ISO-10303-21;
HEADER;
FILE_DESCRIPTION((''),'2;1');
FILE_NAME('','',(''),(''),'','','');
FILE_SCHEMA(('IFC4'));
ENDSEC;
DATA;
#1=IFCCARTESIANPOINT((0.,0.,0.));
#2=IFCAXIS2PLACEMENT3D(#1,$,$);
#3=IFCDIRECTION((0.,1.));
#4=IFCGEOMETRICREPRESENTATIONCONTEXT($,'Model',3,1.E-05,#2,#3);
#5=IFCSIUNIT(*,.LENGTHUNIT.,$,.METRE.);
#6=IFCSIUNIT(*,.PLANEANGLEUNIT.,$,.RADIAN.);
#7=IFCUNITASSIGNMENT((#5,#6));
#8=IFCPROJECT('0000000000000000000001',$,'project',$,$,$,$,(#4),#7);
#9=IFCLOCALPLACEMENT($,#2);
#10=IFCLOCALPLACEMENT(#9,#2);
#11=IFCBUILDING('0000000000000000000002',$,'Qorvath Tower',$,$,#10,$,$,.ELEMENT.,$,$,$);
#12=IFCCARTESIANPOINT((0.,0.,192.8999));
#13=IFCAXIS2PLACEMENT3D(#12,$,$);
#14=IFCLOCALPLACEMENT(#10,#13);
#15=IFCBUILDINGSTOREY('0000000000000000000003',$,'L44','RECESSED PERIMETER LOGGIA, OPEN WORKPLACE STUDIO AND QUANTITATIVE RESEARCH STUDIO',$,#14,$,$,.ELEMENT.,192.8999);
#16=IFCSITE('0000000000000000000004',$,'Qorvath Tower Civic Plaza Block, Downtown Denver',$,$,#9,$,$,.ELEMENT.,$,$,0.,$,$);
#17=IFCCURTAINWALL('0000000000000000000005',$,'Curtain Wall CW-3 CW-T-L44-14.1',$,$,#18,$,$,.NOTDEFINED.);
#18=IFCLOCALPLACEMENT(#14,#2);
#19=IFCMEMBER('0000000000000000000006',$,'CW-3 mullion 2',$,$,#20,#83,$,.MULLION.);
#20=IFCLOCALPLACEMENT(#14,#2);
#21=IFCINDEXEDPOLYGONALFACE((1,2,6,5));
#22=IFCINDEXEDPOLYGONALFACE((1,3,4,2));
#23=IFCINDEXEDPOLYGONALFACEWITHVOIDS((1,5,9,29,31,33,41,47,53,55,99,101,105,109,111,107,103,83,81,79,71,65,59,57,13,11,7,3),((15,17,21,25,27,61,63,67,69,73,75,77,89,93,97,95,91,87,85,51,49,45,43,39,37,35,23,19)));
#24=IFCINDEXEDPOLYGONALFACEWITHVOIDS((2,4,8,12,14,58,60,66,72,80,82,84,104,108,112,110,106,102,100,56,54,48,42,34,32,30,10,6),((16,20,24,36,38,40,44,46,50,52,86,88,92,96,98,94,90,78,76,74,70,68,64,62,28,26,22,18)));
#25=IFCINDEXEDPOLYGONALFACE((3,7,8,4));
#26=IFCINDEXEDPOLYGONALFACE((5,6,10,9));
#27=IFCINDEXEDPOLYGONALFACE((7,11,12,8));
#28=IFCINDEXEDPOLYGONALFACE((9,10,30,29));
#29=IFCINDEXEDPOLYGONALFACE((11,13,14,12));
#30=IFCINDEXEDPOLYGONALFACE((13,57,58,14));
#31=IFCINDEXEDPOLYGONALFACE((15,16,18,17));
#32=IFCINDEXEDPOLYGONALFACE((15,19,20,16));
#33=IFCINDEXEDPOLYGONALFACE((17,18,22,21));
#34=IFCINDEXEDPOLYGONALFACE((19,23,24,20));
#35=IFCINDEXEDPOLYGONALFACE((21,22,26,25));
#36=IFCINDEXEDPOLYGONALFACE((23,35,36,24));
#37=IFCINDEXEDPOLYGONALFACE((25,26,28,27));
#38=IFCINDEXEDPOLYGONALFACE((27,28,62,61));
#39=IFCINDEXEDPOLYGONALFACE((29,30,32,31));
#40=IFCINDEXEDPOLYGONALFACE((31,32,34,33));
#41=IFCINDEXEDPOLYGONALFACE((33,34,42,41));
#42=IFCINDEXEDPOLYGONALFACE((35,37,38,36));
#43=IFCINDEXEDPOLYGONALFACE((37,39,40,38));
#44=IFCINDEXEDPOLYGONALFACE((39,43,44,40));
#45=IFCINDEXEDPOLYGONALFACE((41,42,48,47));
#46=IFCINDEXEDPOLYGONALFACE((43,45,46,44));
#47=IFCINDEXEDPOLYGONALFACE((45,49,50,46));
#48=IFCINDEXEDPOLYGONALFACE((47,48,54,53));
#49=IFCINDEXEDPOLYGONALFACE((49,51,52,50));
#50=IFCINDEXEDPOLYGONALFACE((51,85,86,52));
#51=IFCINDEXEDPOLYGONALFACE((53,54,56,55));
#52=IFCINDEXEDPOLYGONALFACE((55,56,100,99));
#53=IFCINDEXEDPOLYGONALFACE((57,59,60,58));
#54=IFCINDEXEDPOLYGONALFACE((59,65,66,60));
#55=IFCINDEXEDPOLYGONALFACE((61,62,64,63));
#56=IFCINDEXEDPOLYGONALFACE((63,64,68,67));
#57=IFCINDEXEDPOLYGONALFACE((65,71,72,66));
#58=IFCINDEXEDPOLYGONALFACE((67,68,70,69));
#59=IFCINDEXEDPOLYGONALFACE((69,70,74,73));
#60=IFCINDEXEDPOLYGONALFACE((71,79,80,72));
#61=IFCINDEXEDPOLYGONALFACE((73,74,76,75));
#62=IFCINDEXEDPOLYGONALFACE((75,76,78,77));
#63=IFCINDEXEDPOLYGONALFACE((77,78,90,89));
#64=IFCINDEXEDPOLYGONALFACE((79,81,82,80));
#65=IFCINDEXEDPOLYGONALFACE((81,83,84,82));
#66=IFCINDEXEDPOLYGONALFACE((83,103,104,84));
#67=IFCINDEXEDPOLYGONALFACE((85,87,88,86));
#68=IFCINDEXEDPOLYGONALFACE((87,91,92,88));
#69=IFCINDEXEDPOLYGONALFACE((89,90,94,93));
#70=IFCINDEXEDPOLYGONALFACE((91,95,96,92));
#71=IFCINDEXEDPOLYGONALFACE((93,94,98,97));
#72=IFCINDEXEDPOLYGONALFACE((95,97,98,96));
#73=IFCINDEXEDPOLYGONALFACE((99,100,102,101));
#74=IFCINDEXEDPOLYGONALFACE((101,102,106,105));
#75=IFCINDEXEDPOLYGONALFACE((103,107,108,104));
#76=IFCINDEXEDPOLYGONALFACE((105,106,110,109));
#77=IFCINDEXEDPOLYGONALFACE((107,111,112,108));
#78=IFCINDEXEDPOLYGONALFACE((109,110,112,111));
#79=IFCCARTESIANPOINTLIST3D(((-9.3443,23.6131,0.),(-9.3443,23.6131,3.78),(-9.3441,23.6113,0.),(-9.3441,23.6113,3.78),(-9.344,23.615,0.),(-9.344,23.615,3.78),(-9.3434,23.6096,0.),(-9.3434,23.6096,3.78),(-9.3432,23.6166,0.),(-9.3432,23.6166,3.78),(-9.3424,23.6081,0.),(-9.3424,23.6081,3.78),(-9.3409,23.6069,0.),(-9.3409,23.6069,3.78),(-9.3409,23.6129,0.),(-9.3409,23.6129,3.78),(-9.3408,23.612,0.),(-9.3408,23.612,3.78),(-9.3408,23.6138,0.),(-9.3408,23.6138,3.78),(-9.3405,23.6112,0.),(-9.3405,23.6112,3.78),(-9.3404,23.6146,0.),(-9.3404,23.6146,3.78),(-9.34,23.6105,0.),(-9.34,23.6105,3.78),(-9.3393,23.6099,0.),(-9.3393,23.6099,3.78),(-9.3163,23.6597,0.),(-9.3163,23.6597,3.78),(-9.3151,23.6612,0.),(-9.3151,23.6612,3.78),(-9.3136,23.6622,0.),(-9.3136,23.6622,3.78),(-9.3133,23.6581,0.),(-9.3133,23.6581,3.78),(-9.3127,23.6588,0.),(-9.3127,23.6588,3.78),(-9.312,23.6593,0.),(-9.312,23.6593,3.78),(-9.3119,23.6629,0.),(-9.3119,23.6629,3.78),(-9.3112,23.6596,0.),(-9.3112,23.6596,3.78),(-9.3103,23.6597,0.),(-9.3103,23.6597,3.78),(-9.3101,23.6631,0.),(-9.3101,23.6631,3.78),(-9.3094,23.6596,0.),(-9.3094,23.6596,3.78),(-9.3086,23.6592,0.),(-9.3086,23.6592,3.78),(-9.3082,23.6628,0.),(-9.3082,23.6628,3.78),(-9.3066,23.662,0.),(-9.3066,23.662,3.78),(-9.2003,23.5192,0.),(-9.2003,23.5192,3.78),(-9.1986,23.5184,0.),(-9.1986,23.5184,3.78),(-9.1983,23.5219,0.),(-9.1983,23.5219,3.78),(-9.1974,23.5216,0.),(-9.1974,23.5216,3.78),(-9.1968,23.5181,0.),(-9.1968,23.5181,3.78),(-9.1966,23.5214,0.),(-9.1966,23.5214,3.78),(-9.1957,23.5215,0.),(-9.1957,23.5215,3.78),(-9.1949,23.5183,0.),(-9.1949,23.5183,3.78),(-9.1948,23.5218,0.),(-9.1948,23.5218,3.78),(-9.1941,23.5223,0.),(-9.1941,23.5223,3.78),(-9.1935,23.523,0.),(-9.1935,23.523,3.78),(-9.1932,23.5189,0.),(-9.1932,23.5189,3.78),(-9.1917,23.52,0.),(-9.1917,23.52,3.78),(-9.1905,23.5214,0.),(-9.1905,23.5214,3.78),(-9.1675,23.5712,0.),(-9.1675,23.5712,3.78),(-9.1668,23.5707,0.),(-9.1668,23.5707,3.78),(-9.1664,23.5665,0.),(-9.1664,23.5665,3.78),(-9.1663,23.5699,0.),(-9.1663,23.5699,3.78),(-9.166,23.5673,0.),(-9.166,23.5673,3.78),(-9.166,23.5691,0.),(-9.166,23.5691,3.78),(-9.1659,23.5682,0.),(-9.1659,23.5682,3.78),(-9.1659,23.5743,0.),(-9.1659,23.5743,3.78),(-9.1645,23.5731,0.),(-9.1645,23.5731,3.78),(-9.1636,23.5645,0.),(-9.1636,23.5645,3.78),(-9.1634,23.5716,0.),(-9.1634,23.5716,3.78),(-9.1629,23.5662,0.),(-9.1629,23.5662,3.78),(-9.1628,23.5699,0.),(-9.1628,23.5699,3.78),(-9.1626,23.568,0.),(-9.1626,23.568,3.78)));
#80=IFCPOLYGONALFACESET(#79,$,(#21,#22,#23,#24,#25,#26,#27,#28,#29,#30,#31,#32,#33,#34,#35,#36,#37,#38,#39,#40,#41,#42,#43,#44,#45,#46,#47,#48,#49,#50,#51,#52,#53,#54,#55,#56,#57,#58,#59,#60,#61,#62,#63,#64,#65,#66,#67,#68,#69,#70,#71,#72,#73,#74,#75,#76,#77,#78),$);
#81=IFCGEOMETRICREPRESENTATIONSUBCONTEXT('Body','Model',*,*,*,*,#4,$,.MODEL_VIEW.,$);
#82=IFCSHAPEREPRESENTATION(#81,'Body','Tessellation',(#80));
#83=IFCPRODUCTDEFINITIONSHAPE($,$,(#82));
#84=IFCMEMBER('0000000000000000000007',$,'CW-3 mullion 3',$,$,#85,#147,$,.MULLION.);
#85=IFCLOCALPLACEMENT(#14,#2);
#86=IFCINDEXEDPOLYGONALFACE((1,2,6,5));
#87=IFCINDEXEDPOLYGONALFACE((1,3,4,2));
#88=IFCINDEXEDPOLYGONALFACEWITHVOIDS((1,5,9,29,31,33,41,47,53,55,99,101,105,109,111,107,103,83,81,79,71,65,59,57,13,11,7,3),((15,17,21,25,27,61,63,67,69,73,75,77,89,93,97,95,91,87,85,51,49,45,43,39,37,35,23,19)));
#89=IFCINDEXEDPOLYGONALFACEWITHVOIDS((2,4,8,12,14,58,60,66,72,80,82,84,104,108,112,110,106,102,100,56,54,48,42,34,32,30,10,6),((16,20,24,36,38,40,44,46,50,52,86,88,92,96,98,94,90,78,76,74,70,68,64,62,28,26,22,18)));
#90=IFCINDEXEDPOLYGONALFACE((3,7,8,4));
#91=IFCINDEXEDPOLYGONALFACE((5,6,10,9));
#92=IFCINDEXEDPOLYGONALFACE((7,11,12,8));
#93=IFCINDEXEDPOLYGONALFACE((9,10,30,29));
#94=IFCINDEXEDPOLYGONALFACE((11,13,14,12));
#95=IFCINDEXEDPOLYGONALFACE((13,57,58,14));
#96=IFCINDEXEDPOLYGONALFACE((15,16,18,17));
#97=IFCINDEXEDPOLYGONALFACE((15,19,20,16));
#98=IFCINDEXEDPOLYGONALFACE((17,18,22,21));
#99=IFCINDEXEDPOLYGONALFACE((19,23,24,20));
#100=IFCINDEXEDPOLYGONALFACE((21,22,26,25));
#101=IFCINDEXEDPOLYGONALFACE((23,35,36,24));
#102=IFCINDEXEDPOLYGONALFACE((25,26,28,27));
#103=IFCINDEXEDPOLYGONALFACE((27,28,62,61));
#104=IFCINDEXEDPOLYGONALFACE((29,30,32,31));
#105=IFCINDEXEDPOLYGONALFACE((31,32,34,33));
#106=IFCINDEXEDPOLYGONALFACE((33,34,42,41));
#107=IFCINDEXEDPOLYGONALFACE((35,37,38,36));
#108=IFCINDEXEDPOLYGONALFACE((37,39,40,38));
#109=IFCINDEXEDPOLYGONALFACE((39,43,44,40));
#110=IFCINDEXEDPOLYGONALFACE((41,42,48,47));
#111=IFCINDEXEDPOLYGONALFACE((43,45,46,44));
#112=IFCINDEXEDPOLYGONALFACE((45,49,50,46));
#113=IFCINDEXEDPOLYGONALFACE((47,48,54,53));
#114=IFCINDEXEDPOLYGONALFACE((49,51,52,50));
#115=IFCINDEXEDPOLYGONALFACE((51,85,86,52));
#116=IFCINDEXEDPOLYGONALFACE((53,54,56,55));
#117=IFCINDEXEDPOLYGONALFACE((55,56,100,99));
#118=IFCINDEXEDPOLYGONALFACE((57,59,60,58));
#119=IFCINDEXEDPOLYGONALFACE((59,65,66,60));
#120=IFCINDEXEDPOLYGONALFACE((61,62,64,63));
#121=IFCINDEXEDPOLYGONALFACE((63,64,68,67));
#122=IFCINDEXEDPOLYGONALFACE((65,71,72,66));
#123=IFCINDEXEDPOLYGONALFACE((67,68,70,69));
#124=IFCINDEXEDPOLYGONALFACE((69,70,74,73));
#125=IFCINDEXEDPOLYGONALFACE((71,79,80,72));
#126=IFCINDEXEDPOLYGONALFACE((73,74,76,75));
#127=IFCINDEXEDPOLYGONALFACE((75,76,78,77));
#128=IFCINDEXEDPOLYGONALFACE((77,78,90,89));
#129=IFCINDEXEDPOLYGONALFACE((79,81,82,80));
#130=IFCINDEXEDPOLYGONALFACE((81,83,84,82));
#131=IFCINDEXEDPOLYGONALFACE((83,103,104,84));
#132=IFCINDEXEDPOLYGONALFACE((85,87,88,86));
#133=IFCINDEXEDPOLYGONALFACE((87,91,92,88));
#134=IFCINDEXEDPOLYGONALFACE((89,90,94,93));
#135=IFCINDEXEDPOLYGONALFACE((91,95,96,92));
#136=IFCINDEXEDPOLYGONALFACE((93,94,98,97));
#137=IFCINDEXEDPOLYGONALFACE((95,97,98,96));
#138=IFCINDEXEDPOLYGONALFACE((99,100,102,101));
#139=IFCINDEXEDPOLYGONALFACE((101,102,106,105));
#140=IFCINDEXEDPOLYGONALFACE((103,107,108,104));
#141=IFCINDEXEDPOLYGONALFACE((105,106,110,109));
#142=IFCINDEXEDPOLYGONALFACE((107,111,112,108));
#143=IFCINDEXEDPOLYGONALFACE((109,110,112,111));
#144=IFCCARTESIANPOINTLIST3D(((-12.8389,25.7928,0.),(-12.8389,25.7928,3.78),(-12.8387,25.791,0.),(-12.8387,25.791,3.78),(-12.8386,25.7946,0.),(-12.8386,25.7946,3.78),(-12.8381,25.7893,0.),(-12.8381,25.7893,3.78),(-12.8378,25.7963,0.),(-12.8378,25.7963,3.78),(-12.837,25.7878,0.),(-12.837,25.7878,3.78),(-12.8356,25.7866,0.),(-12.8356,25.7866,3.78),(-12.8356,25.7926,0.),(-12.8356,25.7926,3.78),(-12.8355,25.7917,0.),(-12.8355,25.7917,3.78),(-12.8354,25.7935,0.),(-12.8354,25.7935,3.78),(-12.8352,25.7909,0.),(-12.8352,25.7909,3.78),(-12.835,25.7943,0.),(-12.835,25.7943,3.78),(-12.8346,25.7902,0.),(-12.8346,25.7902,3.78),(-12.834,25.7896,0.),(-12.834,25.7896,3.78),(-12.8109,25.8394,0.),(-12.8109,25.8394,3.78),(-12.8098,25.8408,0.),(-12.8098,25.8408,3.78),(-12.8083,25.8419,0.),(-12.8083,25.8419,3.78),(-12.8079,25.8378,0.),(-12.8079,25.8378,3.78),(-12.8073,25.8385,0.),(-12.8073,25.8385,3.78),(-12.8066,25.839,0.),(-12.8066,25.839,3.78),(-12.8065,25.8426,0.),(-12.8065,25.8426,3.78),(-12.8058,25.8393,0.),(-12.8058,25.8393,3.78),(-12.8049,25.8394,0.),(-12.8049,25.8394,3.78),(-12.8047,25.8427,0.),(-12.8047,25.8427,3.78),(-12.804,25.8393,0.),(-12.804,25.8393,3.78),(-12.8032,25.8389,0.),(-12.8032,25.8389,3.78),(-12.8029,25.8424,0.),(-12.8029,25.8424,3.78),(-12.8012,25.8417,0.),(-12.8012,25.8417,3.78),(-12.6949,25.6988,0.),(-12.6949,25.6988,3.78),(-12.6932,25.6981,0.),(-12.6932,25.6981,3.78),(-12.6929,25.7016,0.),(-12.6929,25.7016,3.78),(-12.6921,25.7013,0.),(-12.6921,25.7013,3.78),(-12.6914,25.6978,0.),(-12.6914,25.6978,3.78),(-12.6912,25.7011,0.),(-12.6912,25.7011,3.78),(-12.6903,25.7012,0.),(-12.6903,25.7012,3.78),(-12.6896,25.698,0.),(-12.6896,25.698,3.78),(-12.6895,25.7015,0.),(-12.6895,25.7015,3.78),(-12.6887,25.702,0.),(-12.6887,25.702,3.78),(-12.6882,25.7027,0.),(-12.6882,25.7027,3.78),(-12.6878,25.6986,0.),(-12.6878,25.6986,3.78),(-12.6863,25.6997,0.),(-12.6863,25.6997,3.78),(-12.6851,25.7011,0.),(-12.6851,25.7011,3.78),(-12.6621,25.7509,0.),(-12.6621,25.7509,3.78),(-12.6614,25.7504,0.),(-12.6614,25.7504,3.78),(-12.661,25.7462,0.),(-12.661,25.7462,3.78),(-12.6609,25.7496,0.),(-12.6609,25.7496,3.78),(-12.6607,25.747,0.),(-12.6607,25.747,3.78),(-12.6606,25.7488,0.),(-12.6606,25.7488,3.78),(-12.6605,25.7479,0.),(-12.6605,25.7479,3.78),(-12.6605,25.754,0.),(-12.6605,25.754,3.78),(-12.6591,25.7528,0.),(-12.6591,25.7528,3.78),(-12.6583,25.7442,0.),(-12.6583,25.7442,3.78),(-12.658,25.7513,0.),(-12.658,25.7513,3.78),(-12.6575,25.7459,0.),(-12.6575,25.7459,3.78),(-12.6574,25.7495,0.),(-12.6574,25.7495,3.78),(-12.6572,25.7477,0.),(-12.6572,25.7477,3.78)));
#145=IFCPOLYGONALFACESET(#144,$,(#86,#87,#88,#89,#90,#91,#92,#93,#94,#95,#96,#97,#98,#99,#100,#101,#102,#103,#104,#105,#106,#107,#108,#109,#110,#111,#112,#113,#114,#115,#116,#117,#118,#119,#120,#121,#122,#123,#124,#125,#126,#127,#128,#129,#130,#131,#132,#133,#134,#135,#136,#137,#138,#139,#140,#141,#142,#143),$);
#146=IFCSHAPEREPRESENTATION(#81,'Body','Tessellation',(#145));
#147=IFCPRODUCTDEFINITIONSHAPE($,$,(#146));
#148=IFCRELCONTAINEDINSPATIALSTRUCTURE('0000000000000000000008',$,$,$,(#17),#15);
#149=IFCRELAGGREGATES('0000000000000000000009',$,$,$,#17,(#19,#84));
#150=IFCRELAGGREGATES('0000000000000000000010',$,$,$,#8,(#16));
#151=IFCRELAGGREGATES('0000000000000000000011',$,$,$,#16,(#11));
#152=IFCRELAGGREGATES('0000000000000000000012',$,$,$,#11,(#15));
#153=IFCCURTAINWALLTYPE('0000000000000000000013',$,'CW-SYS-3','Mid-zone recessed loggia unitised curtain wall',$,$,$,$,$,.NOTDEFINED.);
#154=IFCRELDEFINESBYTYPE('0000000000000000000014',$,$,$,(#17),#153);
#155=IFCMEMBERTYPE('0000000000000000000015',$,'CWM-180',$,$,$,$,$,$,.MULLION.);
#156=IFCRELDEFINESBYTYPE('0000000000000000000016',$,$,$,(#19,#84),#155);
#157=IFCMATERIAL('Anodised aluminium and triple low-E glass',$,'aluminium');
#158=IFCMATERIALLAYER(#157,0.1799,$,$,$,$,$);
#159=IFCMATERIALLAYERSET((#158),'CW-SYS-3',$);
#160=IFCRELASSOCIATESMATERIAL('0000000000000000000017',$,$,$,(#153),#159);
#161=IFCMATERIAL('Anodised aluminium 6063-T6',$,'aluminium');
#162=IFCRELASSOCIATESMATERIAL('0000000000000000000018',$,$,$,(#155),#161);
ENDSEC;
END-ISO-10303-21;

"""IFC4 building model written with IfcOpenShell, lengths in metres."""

from ifc_helpers import new_model, si_unit, direction, frame, origin, origin_2d, place, context, subcontext, project, spatial, hollow_rectangle, extrude, material, layer, layer_set, material_profile, profile_set, type_object, element, aggregate, save


model = new_model("IFC4")

# Units and contexts
model_context = context("Model", 3, precision=1e-05, world=origin(), true_north=direction((0.0, 1.0)))
body_context = subcontext(model_context, "Body", "Model", "MODEL_VIEW")
ifc_project = project(units=[si_unit("LENGTHUNIT", "METRE"), si_unit("PLANEANGLEUNIT", "RADIAN")], contexts=[model_context])

# Site, building, storey
site_placement = place(None, origin())
site = spatial("IfcSite", under=ifc_project, at=site_placement, Name="Qorvath Tower Civic Plaza Block, Downtown Denver", CompositionType="ELEMENT", RefElevation=0.0)
building_placement = place(site_placement, origin())
building = spatial("IfcBuilding", under=site, at=building_placement, Name="Qorvath Tower", CompositionType="ELEMENT")
storey_placement = place(building_placement, frame((0.0, 0.0, 192.8999)))
storey = spatial("IfcBuildingStorey", under=building, at=storey_placement, Name="L44", Description="RECESSED PERIMETER LOGGIA, OPEN WORKPLACE STUDIO AND QUANTITATIVE RESEARCH STUDIO", CompositionType="ELEMENT", Elevation=192.8999)

# Shared definitions
ifc_material_1 = material(Name="Anodised aluminium and triple low-E glass", Category="aluminium")
ifc_layer_1 = layer(ifc_material_1, 0.1799)
ifc_layer_set_1 = layer_set([ifc_layer_1], Name="CW-SYS-3")
curtain_wall_type = type_object("IfcCurtainWallType", Name="CW-SYS-3", Description="Mid-zone recessed loggia unitised curtain wall", PredefinedType="NOTDEFINED", material=ifc_layer_set_1)
ifc_material_2 = material(Name="Anodised aluminium 6063-T6", Category="aluminium")
ifc_material_profile_1 = material_profile(ifc_material_2, hollow_rectangle(XDim=0.0649, YDim=0.1799, WallThickness=0.0034, InnerFilletRadius=0.0034, OuterFilletRadius=0.0071, at=origin_2d()), Name="CWM 180x65")
ifc_profile_set_1 = profile_set([ifc_material_profile_1], Name="Anodised aluminium 6063-T6")
member_type_1 = type_object("IfcMemberType", Name="CWM-180", PredefinedType="MULLION", material=ifc_profile_set_1)

# Curtain wall, members
curtain_wall_1_placement = place(storey_placement, origin())
curtain_wall_1 = element("IfcCurtainWall", 1, at=curtain_wall_1_placement, inside=storey, type_object=curtain_wall_type, Name="Curtain Wall CW-3 CW-T-L44-14.1", PredefinedType="NOTDEFINED")
member_1_placement = place(storey_placement, frame((-9.2534, 23.5906, 0.0), z_axis=(0.0, 0.0, 1.0), x_axis=(-0.529206, -0.848493, 0.0)))
member_1 = element("IfcMember", 2, at=member_1_placement, type_object=member_type_1, Name="CW-3 mullion 2", PredefinedType="MULLION", context=body_context, shape_type="SweptSolid", body=[
    extrude(hollow_rectangle(XDim=0.0649, YDim=0.1799, WallThickness=0.0034, InnerFilletRadius=0.0034, OuterFilletRadius=0.0071, at=origin_2d()), origin(), (0.0, 0.0, 1.0), 3.78),
])
member_2_placement = place(storey_placement, frame((-12.748, 25.7703, 0.0), z_axis=(0.0, 0.0, 1.0), x_axis=(-0.529206, -0.848493, 0.0)))
member_2 = element("IfcMember", 3, at=member_2_placement, type_object=member_type_1, Name="CW-3 mullion 3", PredefinedType="MULLION", context=body_context, shape_type="SweptSolid", body=[
    extrude(hollow_rectangle(XDim=0.0649, YDim=0.1799, WallThickness=0.0034, InnerFilletRadius=0.0034, OuterFilletRadius=0.0071, at=origin_2d()), origin(), (0.0, 0.0, 1.0), 3.78),
])

aggregate(curtain_wall_1, [member_1, member_2])

save(model, "model.ifc")
